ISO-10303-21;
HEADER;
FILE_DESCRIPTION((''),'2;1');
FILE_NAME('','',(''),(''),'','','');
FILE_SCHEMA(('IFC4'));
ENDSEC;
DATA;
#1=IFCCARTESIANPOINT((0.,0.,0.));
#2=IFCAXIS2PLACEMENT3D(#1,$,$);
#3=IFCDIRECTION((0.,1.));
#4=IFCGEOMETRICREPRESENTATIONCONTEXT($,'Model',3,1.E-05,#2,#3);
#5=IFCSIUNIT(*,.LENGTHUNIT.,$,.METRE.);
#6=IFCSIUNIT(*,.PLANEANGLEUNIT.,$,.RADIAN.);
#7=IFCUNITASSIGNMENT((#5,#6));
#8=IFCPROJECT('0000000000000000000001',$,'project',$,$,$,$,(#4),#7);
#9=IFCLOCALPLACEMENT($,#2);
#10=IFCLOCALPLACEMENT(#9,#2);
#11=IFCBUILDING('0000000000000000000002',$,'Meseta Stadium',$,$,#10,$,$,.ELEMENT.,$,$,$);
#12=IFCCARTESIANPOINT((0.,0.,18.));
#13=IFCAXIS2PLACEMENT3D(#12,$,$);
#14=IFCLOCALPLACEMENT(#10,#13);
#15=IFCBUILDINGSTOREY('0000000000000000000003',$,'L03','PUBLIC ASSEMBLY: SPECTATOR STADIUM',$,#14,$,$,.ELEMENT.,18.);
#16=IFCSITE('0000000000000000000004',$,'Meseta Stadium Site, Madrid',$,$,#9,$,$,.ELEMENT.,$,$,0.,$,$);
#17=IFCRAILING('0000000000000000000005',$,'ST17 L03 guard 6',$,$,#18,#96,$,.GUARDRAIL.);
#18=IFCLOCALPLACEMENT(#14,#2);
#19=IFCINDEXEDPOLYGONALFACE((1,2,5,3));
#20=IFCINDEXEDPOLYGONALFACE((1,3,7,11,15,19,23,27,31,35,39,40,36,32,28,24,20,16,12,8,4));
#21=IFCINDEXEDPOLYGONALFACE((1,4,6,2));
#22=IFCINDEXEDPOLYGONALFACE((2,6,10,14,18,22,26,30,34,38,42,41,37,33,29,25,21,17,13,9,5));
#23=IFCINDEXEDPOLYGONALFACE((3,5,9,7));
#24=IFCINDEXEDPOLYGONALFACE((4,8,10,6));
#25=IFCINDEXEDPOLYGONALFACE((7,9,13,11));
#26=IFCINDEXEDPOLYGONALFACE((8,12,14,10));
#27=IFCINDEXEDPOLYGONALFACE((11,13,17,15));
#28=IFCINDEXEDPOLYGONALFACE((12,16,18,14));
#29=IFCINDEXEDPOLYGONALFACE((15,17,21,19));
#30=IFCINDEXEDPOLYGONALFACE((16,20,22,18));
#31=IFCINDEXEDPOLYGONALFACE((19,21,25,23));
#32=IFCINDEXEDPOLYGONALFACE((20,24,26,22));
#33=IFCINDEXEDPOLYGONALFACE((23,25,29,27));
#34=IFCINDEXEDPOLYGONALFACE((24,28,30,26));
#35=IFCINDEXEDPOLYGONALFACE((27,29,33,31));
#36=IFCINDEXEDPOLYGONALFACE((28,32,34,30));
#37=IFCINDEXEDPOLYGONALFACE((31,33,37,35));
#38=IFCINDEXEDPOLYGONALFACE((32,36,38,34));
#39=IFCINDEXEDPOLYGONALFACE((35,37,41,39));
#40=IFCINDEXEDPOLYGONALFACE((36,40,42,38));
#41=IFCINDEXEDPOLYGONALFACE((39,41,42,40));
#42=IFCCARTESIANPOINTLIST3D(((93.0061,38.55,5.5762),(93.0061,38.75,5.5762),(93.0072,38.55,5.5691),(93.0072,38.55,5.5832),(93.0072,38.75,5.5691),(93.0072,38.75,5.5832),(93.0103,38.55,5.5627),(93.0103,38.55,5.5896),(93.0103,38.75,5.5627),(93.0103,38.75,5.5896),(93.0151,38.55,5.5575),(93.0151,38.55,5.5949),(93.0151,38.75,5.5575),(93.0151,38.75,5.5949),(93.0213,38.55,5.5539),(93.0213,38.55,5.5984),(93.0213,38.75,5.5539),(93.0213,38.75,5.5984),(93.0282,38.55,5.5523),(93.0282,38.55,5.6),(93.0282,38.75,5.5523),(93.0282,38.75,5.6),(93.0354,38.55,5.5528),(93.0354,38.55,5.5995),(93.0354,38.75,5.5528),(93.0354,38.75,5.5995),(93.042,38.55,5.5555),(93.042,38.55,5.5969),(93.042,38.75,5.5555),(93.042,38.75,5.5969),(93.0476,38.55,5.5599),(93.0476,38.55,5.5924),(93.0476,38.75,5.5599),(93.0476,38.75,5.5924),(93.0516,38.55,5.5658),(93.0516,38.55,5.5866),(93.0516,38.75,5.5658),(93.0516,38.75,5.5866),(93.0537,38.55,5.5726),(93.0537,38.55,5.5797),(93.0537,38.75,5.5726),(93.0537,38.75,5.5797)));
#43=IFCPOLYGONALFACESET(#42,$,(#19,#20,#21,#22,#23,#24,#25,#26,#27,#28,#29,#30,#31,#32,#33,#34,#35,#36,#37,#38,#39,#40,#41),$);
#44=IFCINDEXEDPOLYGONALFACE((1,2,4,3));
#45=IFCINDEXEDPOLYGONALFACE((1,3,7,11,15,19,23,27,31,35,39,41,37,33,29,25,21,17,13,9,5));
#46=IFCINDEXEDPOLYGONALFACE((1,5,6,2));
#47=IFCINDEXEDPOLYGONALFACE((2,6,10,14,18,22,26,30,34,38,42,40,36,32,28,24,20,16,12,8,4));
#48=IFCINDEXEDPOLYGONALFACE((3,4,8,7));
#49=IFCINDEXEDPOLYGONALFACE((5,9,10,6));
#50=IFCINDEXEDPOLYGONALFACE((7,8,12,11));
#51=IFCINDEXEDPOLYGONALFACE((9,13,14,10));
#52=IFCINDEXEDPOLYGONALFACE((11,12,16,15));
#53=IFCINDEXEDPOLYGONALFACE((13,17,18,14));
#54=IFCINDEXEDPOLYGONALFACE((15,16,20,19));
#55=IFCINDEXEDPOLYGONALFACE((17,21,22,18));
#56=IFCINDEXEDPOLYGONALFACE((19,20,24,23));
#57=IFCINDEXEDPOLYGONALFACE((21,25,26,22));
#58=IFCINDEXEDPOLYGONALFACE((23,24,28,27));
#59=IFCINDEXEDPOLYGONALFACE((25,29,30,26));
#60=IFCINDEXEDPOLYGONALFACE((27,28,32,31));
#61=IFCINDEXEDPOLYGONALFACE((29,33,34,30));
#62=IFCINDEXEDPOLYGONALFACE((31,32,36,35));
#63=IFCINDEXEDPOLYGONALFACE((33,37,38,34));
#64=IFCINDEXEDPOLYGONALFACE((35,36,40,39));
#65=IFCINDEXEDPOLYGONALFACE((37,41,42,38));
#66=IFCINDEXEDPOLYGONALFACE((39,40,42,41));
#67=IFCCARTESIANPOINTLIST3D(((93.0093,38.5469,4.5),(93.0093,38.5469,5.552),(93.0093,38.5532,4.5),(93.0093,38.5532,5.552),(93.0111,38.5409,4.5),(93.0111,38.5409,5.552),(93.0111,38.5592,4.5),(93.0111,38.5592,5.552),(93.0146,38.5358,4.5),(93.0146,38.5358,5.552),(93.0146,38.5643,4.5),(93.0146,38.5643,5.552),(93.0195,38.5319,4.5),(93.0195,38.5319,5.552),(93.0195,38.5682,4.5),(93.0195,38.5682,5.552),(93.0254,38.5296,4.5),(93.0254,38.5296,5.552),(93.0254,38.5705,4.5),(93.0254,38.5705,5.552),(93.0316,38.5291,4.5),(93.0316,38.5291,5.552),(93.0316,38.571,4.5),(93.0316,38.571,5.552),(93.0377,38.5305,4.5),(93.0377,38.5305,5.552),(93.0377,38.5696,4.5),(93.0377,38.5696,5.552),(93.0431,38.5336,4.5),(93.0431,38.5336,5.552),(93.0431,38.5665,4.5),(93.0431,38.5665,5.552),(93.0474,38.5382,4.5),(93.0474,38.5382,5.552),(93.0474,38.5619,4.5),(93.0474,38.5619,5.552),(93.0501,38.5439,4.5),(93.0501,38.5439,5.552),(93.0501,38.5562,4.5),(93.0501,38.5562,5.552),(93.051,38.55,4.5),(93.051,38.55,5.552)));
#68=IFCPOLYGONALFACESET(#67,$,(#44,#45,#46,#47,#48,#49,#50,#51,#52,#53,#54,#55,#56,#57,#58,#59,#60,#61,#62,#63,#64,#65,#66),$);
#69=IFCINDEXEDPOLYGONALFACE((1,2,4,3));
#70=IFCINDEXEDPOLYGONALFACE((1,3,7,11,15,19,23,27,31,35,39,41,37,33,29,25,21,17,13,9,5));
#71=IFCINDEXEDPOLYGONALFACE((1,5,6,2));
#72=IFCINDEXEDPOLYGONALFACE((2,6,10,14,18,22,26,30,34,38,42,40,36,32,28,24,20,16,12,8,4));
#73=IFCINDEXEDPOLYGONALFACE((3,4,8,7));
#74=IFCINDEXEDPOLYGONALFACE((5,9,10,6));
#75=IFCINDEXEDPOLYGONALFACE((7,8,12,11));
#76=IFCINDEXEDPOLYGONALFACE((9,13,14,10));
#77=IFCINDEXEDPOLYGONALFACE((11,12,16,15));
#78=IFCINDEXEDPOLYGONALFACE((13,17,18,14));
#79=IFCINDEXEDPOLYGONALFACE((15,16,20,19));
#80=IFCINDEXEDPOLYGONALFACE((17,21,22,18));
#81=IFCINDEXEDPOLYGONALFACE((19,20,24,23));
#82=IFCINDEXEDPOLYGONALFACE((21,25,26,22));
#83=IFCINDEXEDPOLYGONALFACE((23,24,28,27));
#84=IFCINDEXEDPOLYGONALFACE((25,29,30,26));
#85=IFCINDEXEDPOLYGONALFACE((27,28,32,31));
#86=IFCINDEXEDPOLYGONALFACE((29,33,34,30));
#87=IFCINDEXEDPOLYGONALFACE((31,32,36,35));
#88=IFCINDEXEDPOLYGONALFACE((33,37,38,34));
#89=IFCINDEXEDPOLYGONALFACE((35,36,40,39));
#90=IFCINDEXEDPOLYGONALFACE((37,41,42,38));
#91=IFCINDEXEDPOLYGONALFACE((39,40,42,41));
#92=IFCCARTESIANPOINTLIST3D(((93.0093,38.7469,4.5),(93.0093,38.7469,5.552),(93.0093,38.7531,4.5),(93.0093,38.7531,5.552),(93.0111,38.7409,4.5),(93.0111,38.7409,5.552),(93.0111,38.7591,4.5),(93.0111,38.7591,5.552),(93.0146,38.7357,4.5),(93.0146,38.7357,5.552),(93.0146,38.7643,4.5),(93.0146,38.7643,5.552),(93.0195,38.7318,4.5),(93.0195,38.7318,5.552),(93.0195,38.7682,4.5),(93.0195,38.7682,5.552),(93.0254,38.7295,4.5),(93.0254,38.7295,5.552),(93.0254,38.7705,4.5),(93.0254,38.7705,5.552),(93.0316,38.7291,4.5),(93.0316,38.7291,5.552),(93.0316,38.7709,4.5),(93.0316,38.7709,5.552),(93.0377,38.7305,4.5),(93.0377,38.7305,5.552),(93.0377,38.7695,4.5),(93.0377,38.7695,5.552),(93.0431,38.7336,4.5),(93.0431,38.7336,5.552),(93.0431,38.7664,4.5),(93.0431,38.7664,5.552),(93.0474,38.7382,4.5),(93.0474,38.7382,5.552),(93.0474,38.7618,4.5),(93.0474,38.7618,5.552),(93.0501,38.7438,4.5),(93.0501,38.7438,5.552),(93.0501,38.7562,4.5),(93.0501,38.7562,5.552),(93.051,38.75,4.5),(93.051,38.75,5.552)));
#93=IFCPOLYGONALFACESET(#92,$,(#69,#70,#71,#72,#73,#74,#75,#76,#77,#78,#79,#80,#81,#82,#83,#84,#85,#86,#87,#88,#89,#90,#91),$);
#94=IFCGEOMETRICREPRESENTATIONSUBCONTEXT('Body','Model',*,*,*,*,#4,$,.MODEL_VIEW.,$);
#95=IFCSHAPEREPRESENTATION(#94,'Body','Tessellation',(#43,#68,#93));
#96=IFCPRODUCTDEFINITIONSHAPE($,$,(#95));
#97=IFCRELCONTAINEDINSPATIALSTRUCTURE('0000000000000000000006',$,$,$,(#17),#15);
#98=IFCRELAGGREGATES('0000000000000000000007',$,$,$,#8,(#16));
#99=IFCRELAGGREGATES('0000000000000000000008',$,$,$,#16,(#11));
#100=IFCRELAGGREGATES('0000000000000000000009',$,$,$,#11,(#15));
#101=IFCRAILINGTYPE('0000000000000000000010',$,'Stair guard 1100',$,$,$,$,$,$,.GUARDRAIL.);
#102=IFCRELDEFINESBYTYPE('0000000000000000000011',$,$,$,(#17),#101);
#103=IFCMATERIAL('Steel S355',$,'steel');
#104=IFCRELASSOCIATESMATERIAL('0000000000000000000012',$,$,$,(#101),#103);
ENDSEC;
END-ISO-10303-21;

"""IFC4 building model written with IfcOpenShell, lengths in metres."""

from ifc_helpers import new_model, si_unit, direction, frame, origin, origin_2d, place, context, subcontext, project, spatial, circle, extrude, material, type_object, element, save


model = new_model("IFC4")

# Units and contexts
model_context = context("Model", 3, precision=1e-05, world=origin(), true_north=direction((0.0, 1.0)))
body_context = subcontext(model_context, "Body", "Model", "MODEL_VIEW")
ifc_project = project(units=[si_unit("LENGTHUNIT", "METRE"), si_unit("PLANEANGLEUNIT", "RADIAN")], contexts=[model_context])

# Site, building, storey
site_placement = place(None, origin())
site = spatial("IfcSite", under=ifc_project, at=site_placement, Name="Meseta Stadium Site, Madrid", CompositionType="ELEMENT", RefElevation=0.0)
building_placement = place(site_placement, origin())
building = spatial("IfcBuilding", under=site, at=building_placement, Name="Meseta Stadium", CompositionType="ELEMENT")
storey_placement = place(building_placement, frame((0.0, 0.0, 18.0)))
storey = spatial("IfcBuildingStorey", under=building, at=storey_placement, Name="L03", Description="PUBLIC ASSEMBLY: SPECTATOR STADIUM", CompositionType="ELEMENT", Elevation=18.0)

# Railing
ifc_material_1 = material(Name="Steel S355", Category="steel")
railing_type_1 = type_object("IfcRailingType", Name="Stair guard 1100", PredefinedType="GUARDRAIL", material=ifc_material_1)
railing_1_placement = place(storey_placement, frame((93.03, 38.55, 4.5)))
element("IfcRailing", 1, at=railing_1_placement, inside=storey, type_object=railing_type_1, Name="ST17 L03 guard 6", PredefinedType="GUARDRAIL", context=body_context, shape_type="SweptSolid", body=[
    extrude(circle(Radius=0.0239, at=origin_2d()), frame((0.0, 0.0, 1.0762), z_axis=(0.0, 1.0, 0.0), x_axis=(-1.0, 0.0, 0.0)), (0.0, 0.0, 1.0), 0.2),
    extrude(circle(Radius=0.021, at=origin_2d()), origin(), (0.0, 0.0, 1.0), 1.052),
    extrude(circle(Radius=0.021, at=origin_2d()), frame((0.0, 0.2, 0.0)), (0.0, 0.0, 1.0), 1.052),
])

save(model, "model.ifc")
